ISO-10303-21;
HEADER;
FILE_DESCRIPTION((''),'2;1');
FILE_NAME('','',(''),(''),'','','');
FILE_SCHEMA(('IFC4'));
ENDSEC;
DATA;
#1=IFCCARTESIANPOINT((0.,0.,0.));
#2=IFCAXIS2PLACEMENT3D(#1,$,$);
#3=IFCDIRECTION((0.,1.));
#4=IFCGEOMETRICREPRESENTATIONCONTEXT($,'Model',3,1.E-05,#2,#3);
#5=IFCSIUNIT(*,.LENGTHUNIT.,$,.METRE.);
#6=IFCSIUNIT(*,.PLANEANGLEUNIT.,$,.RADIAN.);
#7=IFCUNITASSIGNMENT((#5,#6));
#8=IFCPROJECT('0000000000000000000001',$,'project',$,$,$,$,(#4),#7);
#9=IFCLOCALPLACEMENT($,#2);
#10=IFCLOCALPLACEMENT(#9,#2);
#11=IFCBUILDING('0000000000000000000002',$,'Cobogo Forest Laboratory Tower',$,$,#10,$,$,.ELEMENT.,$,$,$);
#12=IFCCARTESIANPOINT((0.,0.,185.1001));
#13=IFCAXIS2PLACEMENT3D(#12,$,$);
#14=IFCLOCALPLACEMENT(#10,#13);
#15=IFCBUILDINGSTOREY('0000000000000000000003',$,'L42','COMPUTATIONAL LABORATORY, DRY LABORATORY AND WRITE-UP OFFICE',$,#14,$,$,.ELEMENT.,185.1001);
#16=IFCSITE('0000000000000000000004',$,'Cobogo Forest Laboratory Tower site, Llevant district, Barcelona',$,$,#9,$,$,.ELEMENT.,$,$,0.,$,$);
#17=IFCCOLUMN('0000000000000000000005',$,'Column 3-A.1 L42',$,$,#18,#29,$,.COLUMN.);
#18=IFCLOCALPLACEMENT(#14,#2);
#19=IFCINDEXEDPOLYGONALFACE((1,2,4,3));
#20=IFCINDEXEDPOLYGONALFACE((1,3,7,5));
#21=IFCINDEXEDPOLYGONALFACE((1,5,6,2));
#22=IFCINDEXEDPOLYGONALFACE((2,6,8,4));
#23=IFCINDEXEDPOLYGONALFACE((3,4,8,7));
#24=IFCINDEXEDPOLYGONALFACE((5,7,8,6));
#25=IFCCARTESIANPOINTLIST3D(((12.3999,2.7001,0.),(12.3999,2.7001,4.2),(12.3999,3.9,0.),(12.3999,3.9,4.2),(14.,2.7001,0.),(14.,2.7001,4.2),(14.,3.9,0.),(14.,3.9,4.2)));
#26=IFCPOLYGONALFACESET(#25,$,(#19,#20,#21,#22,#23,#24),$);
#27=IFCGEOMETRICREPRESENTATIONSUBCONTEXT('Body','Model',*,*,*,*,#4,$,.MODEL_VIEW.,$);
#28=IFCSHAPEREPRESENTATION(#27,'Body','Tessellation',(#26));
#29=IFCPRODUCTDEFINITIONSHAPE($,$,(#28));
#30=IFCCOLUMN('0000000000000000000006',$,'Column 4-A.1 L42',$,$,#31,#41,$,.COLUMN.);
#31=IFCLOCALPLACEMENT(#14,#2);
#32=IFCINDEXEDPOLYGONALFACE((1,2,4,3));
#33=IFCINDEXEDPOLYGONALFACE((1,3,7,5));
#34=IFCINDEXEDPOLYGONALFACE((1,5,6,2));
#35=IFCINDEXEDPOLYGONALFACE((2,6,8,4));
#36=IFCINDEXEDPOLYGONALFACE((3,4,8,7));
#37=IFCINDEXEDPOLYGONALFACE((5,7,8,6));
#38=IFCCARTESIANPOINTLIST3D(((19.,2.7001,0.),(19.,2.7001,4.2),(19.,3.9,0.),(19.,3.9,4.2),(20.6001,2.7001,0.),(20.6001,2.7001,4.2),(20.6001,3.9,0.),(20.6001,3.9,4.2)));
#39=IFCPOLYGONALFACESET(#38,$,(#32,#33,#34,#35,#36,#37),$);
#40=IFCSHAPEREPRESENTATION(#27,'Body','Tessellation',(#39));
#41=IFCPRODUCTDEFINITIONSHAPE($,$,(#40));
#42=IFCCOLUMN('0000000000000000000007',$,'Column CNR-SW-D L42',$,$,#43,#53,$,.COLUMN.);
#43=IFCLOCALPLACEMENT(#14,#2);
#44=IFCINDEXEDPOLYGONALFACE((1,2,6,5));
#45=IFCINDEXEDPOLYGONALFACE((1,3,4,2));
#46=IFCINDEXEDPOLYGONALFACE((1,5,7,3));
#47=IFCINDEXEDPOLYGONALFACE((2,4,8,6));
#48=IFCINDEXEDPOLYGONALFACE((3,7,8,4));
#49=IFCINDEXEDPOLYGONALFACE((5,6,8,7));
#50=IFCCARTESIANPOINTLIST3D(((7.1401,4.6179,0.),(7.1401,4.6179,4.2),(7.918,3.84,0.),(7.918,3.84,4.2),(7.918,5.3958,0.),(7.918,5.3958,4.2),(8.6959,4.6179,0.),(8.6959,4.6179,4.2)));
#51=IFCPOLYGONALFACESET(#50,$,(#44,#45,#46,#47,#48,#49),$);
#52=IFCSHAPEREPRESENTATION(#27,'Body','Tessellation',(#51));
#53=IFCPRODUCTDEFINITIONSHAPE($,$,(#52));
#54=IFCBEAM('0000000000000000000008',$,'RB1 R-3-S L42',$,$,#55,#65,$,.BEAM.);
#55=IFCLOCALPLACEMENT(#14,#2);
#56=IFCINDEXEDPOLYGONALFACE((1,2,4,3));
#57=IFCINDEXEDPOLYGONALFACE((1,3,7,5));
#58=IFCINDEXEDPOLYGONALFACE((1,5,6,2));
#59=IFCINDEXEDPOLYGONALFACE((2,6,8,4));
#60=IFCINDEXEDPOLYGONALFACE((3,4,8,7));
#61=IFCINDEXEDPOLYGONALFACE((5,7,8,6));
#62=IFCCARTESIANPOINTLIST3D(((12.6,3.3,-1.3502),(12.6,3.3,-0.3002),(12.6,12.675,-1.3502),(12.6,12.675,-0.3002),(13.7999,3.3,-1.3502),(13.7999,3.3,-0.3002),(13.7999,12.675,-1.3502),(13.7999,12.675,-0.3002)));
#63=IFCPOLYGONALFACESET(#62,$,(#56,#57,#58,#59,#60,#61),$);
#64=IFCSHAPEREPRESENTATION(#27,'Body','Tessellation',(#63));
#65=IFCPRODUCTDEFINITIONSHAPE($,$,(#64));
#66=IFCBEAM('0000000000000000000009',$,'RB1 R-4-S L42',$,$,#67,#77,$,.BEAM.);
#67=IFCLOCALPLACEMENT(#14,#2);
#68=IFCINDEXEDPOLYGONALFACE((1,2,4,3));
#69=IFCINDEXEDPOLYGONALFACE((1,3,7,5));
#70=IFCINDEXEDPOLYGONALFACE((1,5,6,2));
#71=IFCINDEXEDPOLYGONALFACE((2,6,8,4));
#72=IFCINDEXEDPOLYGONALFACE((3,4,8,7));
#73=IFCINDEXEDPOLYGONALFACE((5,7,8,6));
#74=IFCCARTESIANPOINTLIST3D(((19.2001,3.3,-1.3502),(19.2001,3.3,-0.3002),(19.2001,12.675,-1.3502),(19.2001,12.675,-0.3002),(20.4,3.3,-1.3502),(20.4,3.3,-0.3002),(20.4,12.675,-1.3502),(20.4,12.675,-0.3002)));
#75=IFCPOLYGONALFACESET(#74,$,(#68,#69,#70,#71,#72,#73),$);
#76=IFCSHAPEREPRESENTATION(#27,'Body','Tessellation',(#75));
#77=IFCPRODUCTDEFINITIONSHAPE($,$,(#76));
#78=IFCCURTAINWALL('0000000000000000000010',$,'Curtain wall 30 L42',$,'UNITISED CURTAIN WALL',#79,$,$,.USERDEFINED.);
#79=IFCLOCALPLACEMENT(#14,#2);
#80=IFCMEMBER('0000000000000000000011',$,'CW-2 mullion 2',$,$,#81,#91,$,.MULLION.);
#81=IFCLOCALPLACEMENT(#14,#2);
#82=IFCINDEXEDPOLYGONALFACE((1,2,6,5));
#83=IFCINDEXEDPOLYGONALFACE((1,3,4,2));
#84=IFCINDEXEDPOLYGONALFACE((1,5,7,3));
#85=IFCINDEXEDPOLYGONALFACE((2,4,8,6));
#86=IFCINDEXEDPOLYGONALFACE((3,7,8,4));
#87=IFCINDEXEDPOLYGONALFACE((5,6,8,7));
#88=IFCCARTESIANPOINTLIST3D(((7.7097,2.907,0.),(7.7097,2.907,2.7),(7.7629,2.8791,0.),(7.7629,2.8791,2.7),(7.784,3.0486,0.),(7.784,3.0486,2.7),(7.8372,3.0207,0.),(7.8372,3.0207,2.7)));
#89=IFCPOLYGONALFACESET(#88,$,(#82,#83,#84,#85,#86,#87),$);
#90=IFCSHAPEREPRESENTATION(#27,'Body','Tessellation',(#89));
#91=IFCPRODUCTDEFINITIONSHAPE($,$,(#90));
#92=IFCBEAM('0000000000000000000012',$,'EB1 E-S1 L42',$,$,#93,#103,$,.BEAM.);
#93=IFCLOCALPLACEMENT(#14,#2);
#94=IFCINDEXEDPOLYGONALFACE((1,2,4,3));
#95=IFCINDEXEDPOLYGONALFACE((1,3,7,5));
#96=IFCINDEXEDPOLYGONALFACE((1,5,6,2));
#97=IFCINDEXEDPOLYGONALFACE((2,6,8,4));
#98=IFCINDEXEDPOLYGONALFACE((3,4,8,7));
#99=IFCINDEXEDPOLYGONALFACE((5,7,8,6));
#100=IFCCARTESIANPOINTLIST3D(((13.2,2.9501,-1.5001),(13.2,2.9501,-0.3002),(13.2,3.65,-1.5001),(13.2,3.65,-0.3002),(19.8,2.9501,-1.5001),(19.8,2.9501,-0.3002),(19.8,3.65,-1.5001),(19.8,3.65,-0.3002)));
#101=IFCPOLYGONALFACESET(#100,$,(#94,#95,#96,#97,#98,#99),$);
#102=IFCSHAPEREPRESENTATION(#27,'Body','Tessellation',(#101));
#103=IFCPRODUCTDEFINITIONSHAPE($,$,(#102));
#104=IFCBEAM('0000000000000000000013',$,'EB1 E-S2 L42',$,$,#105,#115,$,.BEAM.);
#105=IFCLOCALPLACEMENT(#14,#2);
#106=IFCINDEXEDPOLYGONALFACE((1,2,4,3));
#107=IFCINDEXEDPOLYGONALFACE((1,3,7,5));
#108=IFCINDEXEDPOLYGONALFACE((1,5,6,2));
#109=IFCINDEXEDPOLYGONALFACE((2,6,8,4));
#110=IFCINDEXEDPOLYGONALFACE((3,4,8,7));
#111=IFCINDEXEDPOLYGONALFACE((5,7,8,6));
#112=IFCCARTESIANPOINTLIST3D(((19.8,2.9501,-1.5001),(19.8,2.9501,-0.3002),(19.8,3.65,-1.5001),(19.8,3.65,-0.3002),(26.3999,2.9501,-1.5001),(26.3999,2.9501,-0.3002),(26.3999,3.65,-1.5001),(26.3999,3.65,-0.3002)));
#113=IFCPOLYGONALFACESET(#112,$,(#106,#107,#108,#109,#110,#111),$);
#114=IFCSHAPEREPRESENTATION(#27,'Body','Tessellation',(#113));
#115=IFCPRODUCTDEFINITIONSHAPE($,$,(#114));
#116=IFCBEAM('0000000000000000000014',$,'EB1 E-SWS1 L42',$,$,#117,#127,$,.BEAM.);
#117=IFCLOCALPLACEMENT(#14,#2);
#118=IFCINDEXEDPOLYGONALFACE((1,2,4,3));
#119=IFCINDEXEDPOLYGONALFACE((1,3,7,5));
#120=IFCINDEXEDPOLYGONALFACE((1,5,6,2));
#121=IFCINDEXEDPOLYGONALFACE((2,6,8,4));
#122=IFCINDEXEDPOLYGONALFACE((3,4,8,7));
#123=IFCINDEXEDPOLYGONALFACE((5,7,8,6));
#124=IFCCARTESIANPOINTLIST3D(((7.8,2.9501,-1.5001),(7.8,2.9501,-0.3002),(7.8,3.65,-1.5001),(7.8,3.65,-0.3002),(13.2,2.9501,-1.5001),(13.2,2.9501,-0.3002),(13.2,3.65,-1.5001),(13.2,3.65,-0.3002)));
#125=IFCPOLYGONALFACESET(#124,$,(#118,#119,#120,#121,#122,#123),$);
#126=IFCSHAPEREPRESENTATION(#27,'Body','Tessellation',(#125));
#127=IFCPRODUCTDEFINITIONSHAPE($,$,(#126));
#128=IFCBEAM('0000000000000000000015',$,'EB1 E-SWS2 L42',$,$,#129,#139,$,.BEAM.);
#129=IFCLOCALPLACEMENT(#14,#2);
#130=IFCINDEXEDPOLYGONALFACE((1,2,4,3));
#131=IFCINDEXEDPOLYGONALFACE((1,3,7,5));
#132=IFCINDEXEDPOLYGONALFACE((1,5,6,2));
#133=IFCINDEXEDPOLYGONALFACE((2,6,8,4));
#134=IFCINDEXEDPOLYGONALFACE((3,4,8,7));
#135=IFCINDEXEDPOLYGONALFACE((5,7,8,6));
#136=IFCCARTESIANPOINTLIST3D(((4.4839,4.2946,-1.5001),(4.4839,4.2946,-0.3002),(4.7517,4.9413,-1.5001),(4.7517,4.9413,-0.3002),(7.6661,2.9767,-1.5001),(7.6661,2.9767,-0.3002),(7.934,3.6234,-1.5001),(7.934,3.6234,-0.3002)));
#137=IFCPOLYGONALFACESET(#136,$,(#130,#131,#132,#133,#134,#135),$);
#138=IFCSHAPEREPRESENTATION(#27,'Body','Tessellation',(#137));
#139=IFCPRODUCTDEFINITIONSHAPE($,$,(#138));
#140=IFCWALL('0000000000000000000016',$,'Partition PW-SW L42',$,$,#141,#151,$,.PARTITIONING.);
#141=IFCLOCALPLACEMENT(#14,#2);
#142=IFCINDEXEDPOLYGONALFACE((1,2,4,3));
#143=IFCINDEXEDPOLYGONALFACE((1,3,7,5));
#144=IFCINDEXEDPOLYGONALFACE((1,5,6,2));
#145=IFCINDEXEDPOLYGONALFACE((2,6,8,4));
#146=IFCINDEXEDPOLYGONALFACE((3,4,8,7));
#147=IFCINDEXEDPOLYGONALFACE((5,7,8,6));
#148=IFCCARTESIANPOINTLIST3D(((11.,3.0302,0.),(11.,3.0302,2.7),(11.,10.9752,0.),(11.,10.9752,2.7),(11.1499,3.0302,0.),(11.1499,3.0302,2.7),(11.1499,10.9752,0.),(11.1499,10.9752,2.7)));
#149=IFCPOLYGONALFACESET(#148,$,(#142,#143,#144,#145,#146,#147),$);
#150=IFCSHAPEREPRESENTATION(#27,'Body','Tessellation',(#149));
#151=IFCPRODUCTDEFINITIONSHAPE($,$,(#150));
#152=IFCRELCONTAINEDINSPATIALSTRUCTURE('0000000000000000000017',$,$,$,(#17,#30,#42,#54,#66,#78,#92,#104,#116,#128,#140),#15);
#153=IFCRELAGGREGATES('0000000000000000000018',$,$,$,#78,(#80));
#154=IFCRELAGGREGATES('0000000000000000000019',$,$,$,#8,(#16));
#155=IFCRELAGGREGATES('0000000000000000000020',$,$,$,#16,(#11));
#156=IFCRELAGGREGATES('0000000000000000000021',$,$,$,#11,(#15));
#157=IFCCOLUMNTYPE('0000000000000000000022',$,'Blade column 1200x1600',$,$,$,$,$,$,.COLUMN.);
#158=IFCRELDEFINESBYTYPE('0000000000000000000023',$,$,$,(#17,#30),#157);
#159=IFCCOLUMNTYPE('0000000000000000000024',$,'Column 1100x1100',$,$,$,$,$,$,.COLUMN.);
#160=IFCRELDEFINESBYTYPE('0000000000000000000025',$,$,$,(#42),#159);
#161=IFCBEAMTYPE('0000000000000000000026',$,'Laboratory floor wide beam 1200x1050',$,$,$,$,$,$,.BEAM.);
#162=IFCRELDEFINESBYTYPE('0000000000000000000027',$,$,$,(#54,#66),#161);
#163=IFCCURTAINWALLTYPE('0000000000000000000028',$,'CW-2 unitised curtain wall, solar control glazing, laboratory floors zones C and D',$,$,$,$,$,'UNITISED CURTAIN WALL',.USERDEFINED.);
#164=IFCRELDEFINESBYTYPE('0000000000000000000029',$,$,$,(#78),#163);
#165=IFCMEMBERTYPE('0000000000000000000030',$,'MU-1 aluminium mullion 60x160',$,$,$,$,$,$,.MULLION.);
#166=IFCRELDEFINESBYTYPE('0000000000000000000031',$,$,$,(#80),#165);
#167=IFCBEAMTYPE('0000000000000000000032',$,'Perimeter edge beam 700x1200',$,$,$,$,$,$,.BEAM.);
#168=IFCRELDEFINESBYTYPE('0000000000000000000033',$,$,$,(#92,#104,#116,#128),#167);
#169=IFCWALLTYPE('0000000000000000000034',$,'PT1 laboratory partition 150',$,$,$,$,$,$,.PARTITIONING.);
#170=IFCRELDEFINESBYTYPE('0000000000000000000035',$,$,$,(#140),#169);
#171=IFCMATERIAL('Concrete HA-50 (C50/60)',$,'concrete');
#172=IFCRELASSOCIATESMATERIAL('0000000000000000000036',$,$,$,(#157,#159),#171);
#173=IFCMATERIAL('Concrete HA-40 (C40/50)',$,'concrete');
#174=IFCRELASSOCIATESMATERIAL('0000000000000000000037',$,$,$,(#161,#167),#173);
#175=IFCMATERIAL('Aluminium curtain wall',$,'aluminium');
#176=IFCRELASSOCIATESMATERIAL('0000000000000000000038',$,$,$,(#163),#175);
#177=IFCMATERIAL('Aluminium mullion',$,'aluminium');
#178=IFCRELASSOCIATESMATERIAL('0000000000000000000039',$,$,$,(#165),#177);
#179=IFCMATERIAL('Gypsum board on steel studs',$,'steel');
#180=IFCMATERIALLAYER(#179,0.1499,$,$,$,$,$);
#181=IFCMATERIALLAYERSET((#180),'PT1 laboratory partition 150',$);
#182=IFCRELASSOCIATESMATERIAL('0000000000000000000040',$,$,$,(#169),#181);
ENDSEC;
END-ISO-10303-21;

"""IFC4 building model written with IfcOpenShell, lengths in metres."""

from ifc_helpers import new_model, si_unit, direction, frame, frame_2d, origin, origin_2d, place, context, subcontext, project, spatial, rectangle, extrude, material, layer, layer_set, material_profile, profile_set, type_object, element, aggregate, save


model = new_model("IFC4")

# Units and contexts
model_context = context("Model", 3, precision=1e-05, world=origin(), true_north=direction((0.0, 1.0)))
body_context = subcontext(model_context, "Body", "Model", "MODEL_VIEW")
ifc_project = project(units=[si_unit("LENGTHUNIT", "METRE"), si_unit("PLANEANGLEUNIT", "RADIAN")], contexts=[model_context])

# Site, building, storey
site_placement = place(None, origin())
site = spatial("IfcSite", under=ifc_project, at=site_placement, Name="Cobogo Forest Laboratory Tower site, Llevant district, Barcelona", CompositionType="ELEMENT", RefElevation=0.0)
building_placement = place(site_placement, origin())
building = spatial("IfcBuilding", under=site, at=building_placement, Name="Cobogo Forest Laboratory Tower", CompositionType="ELEMENT")
storey_placement = place(building_placement, frame((0.0, 0.0, 185.1001)))
storey = spatial("IfcBuildingStorey", under=building, at=storey_placement, Name="L42", Description="COMPUTATIONAL LABORATORY, DRY LABORATORY AND WRITE-UP OFFICE", CompositionType="ELEMENT", Elevation=185.1001)

# Columns
ifc_material_1 = material(Name="Concrete HA-50 (C50/60)", Category="concrete")
ifc_material_profile_1 = material_profile(ifc_material_1, rectangle(XDim=1.6001, YDim=1.2, at=origin_2d()), Name="RC 1200x1600")
ifc_profile_set_1 = profile_set([ifc_material_profile_1], Name="Concrete HA-50 (C50/60)")
column_type_1 = type_object("IfcColumnType", Name="Blade column 1200x1600", PredefinedType="COLUMN", material=ifc_profile_set_1)
for number, where, z_axis, x_axis, name in (
    (1, (13.2, 3.3, 0.0), (0.0, 0.0, 1.0), (1.0, 0.0, 0.0), "Column 3-A.1 L42"),
    (2, (19.8, 3.3, 0.0), (0.0, 0.0, 1.0), (1.0, 0.0, 0.0), "Column 4-A.1 L42"),
):
    element("IfcColumn", number, at=place(storey_placement, frame(where, z_axis=z_axis, x_axis=x_axis)), inside=storey, type_object=column_type_1, Name=name, PredefinedType="COLUMN", context=body_context, shape_type="SweptSolid", body=[
        extrude(rectangle(XDim=1.6001, YDim=1.2, at=origin_2d()), origin(), (0.0, 0.0, 1.0), 4.2),
    ])
ifc_material_profile_2 = material_profile(ifc_material_1, rectangle(XDim=1.1001, YDim=1.1001, at=origin_2d()), Name="RC 1100x1100")
ifc_profile_set_2 = profile_set([ifc_material_profile_2], Name="Concrete HA-50 (C50/60)")
column_type_2 = type_object("IfcColumnType", Name="Column 1100x1100", PredefinedType="COLUMN", material=ifc_profile_set_2)
column_placement = place(storey_placement, frame((7.918, 4.6179, 0.0), z_axis=(0.0, 0.0, 1.0), x_axis=(0.707107, 0.707107, 0.0)))
element("IfcColumn", 3, at=column_placement, inside=storey, type_object=column_type_2, Name="Column CNR-SW-D L42", PredefinedType="COLUMN", context=body_context, shape_type="SweptSolid", body=[
    extrude(rectangle(XDim=1.1001, YDim=1.1001, at=origin_2d()), origin(), (0.0, 0.0, 1.0), 4.2),
])

# Beams
ifc_material_2 = material(Name="Concrete HA-40 (C40/50)", Category="concrete")
ifc_material_profile_3 = material_profile(ifc_material_2, rectangle(XDim=1.2, YDim=1.05, at=origin_2d()), Name="RC 1200x1050")
ifc_profile_set_3 = profile_set([ifc_material_profile_3], Name="Concrete HA-40 (C40/50)")
beam_type_1 = type_object("IfcBeamType", Name="Laboratory floor wide beam 1200x1050", PredefinedType="BEAM", material=ifc_profile_set_3)
for number, where, z_axis, x_axis, name in (
    (4, (13.2, 12.675, -0.8252), (0.0, -1.0, 0.0), (1.0, 0.0, 0.0), "RB1 R-3-S L42"),
    (5, (19.8, 12.675, -0.8252), (0.0, -1.0, 0.0), (1.0, 0.0, 0.0), "RB1 R-4-S L42"),
):
    element("IfcBeam", number, at=place(storey_placement, frame(where, z_axis=z_axis, x_axis=x_axis)), inside=storey, type_object=beam_type_1, Name=name, PredefinedType="BEAM", context=body_context, shape_type="SweptSolid", body=[
        extrude(rectangle(XDim=1.2, YDim=1.05, at=origin_2d()), origin(), (0.0, 0.0, 1.0), 9.375),
    ])

# Curtain wall, member
ifc_material_3 = material(Name="Aluminium curtain wall", Category="aluminium")
curtain_wall_type = type_object("IfcCurtainWallType", Name="CW-2 unitised curtain wall, solar control glazing, laboratory floors zones C and D", ElementType="UNITISED CURTAIN WALL", PredefinedType="USERDEFINED", material=ifc_material_3)
curtain_wall_placement = place(storey_placement, origin())
curtain_wall = element("IfcCurtainWall", 6, at=curtain_wall_placement, inside=storey, type_object=curtain_wall_type, Name="Curtain wall 30 L42", ObjectType="UNITISED CURTAIN WALL", PredefinedType="USERDEFINED")
ifc_material_4 = material(Name="Aluminium mullion", Category="aluminium")
ifc_material_profile_4 = material_profile(ifc_material_4, rectangle(XDim=0.0601, YDim=0.1599, at=origin_2d()), Name="AL 60x160")
ifc_profile_set_4 = profile_set([ifc_material_profile_4], Name="Aluminium mullion")
member_type = type_object("IfcMemberType", Name="MU-1 aluminium mullion 60x160", PredefinedType="MULLION", material=ifc_profile_set_4)
member_placement = place(storey_placement, frame((7.7734, 2.9639, 0.0), z_axis=(0.0, 0.0, 1.0), x_axis=(0.885686, -0.464284, 0.0)))
member = element("IfcMember", 7, at=member_placement, type_object=member_type, Name="CW-2 mullion 2", PredefinedType="MULLION", context=body_context, shape_type="SweptSolid", body=[
    extrude(rectangle(XDim=0.0601, YDim=0.1599, at=origin_2d()), origin(), (0.0, 0.0, 1.0), 2.7),
])
aggregate(curtain_wall, [member])

# Beams
ifc_material_profile_5 = material_profile(ifc_material_2, rectangle(XDim=0.7, YDim=1.2, at=origin_2d()), Name="RC 700x1200")
ifc_profile_set_5 = profile_set([ifc_material_profile_5], Name="Concrete HA-40 (C40/50)")
beam_type_2 = type_object("IfcBeamType", Name="Perimeter edge beam 700x1200", PredefinedType="BEAM", material=ifc_profile_set_5)
beam_1_placement = place(storey_placement, frame((13.2, 3.3, -0.9001), z_axis=(1.0, 0.0, 0.0), x_axis=(0.0, 1.0, 0.0)))
element("IfcBeam", 8, at=beam_1_placement, inside=storey, type_object=beam_type_2, Name="EB1 E-S1 L42", PredefinedType="BEAM", context=body_context, shape_type="SweptSolid", body=[
    extrude(rectangle(XDim=0.7, YDim=1.2, at=origin_2d()), origin(), (0.0, 0.0, 1.0), 6.6001),
])
beam_2_placement = place(storey_placement, frame((19.8, 3.3, -0.9001), z_axis=(1.0, 0.0, 0.0), x_axis=(0.0, 1.0, 0.0)))
element("IfcBeam", 9, at=beam_2_placement, inside=storey, type_object=beam_type_2, Name="EB1 E-S2 L42", PredefinedType="BEAM", context=body_context, shape_type="SweptSolid", body=[
    extrude(rectangle(XDim=0.7, YDim=1.2, at=origin_2d()), origin(), (0.0, 0.0, 1.0), 6.5999),
])
beam_3_placement = place(storey_placement, frame((13.2, 3.3, -0.9001), z_axis=(-1.0, 0.0, 0.0), x_axis=(0.0, -1.0, 0.0)))
element("IfcBeam", 10, at=beam_3_placement, inside=storey, type_object=beam_type_2, Name="EB1 E-SWS1 L42", PredefinedType="BEAM", context=body_context, shape_type="SweptSolid", body=[
    extrude(rectangle(XDim=0.7, YDim=1.2, at=origin_2d()), origin(), (0.0, 0.0, 1.0), 5.3999),
])
beam_4_placement = place(storey_placement, frame((7.8, 3.3, -0.9001), z_axis=(-0.923901, 0.382631, 0.0), x_axis=(-0.382631, -0.923901, 0.0)))
element("IfcBeam", 11, at=beam_4_placement, inside=storey, type_object=beam_type_2, Name="EB1 E-SWS2 L42", PredefinedType="BEAM", context=body_context, shape_type="SweptSolid", body=[
    extrude(rectangle(XDim=0.7, YDim=1.2, at=origin_2d()), origin(), (0.0, 0.0, 1.0), 3.4443),
])

# Wall
ifc_material_5 = material(Name="Gypsum board on steel studs", Category="steel")
ifc_layer_1 = layer(ifc_material_5, 0.1499)
ifc_layer_set_1 = layer_set([ifc_layer_1], Name="PT1 laboratory partition 150")
wall_type_1 = type_object("IfcWallType", Name="PT1 laboratory partition 150", PredefinedType="PARTITIONING", material=ifc_layer_set_1)
wall_1_placement = place(storey_placement, frame((11.075, 3.03, 0.0), z_axis=(0.0, 0.0, 1.0), x_axis=(0.0, 1.0, 0.0)))
element("IfcWall", 12, at=wall_1_placement, inside=storey, type_object=wall_type_1, Name="Partition PW-SW L42", PredefinedType="PARTITIONING", context=body_context, shape_type="SweptSolid", body=[
    extrude(rectangle(XDim=7.9451, YDim=0.1499, at=frame_2d((3.9727, 0.0))), origin(), (0.0, 0.0, 1.0), 2.7),
])

save(model, "model.ifc")
